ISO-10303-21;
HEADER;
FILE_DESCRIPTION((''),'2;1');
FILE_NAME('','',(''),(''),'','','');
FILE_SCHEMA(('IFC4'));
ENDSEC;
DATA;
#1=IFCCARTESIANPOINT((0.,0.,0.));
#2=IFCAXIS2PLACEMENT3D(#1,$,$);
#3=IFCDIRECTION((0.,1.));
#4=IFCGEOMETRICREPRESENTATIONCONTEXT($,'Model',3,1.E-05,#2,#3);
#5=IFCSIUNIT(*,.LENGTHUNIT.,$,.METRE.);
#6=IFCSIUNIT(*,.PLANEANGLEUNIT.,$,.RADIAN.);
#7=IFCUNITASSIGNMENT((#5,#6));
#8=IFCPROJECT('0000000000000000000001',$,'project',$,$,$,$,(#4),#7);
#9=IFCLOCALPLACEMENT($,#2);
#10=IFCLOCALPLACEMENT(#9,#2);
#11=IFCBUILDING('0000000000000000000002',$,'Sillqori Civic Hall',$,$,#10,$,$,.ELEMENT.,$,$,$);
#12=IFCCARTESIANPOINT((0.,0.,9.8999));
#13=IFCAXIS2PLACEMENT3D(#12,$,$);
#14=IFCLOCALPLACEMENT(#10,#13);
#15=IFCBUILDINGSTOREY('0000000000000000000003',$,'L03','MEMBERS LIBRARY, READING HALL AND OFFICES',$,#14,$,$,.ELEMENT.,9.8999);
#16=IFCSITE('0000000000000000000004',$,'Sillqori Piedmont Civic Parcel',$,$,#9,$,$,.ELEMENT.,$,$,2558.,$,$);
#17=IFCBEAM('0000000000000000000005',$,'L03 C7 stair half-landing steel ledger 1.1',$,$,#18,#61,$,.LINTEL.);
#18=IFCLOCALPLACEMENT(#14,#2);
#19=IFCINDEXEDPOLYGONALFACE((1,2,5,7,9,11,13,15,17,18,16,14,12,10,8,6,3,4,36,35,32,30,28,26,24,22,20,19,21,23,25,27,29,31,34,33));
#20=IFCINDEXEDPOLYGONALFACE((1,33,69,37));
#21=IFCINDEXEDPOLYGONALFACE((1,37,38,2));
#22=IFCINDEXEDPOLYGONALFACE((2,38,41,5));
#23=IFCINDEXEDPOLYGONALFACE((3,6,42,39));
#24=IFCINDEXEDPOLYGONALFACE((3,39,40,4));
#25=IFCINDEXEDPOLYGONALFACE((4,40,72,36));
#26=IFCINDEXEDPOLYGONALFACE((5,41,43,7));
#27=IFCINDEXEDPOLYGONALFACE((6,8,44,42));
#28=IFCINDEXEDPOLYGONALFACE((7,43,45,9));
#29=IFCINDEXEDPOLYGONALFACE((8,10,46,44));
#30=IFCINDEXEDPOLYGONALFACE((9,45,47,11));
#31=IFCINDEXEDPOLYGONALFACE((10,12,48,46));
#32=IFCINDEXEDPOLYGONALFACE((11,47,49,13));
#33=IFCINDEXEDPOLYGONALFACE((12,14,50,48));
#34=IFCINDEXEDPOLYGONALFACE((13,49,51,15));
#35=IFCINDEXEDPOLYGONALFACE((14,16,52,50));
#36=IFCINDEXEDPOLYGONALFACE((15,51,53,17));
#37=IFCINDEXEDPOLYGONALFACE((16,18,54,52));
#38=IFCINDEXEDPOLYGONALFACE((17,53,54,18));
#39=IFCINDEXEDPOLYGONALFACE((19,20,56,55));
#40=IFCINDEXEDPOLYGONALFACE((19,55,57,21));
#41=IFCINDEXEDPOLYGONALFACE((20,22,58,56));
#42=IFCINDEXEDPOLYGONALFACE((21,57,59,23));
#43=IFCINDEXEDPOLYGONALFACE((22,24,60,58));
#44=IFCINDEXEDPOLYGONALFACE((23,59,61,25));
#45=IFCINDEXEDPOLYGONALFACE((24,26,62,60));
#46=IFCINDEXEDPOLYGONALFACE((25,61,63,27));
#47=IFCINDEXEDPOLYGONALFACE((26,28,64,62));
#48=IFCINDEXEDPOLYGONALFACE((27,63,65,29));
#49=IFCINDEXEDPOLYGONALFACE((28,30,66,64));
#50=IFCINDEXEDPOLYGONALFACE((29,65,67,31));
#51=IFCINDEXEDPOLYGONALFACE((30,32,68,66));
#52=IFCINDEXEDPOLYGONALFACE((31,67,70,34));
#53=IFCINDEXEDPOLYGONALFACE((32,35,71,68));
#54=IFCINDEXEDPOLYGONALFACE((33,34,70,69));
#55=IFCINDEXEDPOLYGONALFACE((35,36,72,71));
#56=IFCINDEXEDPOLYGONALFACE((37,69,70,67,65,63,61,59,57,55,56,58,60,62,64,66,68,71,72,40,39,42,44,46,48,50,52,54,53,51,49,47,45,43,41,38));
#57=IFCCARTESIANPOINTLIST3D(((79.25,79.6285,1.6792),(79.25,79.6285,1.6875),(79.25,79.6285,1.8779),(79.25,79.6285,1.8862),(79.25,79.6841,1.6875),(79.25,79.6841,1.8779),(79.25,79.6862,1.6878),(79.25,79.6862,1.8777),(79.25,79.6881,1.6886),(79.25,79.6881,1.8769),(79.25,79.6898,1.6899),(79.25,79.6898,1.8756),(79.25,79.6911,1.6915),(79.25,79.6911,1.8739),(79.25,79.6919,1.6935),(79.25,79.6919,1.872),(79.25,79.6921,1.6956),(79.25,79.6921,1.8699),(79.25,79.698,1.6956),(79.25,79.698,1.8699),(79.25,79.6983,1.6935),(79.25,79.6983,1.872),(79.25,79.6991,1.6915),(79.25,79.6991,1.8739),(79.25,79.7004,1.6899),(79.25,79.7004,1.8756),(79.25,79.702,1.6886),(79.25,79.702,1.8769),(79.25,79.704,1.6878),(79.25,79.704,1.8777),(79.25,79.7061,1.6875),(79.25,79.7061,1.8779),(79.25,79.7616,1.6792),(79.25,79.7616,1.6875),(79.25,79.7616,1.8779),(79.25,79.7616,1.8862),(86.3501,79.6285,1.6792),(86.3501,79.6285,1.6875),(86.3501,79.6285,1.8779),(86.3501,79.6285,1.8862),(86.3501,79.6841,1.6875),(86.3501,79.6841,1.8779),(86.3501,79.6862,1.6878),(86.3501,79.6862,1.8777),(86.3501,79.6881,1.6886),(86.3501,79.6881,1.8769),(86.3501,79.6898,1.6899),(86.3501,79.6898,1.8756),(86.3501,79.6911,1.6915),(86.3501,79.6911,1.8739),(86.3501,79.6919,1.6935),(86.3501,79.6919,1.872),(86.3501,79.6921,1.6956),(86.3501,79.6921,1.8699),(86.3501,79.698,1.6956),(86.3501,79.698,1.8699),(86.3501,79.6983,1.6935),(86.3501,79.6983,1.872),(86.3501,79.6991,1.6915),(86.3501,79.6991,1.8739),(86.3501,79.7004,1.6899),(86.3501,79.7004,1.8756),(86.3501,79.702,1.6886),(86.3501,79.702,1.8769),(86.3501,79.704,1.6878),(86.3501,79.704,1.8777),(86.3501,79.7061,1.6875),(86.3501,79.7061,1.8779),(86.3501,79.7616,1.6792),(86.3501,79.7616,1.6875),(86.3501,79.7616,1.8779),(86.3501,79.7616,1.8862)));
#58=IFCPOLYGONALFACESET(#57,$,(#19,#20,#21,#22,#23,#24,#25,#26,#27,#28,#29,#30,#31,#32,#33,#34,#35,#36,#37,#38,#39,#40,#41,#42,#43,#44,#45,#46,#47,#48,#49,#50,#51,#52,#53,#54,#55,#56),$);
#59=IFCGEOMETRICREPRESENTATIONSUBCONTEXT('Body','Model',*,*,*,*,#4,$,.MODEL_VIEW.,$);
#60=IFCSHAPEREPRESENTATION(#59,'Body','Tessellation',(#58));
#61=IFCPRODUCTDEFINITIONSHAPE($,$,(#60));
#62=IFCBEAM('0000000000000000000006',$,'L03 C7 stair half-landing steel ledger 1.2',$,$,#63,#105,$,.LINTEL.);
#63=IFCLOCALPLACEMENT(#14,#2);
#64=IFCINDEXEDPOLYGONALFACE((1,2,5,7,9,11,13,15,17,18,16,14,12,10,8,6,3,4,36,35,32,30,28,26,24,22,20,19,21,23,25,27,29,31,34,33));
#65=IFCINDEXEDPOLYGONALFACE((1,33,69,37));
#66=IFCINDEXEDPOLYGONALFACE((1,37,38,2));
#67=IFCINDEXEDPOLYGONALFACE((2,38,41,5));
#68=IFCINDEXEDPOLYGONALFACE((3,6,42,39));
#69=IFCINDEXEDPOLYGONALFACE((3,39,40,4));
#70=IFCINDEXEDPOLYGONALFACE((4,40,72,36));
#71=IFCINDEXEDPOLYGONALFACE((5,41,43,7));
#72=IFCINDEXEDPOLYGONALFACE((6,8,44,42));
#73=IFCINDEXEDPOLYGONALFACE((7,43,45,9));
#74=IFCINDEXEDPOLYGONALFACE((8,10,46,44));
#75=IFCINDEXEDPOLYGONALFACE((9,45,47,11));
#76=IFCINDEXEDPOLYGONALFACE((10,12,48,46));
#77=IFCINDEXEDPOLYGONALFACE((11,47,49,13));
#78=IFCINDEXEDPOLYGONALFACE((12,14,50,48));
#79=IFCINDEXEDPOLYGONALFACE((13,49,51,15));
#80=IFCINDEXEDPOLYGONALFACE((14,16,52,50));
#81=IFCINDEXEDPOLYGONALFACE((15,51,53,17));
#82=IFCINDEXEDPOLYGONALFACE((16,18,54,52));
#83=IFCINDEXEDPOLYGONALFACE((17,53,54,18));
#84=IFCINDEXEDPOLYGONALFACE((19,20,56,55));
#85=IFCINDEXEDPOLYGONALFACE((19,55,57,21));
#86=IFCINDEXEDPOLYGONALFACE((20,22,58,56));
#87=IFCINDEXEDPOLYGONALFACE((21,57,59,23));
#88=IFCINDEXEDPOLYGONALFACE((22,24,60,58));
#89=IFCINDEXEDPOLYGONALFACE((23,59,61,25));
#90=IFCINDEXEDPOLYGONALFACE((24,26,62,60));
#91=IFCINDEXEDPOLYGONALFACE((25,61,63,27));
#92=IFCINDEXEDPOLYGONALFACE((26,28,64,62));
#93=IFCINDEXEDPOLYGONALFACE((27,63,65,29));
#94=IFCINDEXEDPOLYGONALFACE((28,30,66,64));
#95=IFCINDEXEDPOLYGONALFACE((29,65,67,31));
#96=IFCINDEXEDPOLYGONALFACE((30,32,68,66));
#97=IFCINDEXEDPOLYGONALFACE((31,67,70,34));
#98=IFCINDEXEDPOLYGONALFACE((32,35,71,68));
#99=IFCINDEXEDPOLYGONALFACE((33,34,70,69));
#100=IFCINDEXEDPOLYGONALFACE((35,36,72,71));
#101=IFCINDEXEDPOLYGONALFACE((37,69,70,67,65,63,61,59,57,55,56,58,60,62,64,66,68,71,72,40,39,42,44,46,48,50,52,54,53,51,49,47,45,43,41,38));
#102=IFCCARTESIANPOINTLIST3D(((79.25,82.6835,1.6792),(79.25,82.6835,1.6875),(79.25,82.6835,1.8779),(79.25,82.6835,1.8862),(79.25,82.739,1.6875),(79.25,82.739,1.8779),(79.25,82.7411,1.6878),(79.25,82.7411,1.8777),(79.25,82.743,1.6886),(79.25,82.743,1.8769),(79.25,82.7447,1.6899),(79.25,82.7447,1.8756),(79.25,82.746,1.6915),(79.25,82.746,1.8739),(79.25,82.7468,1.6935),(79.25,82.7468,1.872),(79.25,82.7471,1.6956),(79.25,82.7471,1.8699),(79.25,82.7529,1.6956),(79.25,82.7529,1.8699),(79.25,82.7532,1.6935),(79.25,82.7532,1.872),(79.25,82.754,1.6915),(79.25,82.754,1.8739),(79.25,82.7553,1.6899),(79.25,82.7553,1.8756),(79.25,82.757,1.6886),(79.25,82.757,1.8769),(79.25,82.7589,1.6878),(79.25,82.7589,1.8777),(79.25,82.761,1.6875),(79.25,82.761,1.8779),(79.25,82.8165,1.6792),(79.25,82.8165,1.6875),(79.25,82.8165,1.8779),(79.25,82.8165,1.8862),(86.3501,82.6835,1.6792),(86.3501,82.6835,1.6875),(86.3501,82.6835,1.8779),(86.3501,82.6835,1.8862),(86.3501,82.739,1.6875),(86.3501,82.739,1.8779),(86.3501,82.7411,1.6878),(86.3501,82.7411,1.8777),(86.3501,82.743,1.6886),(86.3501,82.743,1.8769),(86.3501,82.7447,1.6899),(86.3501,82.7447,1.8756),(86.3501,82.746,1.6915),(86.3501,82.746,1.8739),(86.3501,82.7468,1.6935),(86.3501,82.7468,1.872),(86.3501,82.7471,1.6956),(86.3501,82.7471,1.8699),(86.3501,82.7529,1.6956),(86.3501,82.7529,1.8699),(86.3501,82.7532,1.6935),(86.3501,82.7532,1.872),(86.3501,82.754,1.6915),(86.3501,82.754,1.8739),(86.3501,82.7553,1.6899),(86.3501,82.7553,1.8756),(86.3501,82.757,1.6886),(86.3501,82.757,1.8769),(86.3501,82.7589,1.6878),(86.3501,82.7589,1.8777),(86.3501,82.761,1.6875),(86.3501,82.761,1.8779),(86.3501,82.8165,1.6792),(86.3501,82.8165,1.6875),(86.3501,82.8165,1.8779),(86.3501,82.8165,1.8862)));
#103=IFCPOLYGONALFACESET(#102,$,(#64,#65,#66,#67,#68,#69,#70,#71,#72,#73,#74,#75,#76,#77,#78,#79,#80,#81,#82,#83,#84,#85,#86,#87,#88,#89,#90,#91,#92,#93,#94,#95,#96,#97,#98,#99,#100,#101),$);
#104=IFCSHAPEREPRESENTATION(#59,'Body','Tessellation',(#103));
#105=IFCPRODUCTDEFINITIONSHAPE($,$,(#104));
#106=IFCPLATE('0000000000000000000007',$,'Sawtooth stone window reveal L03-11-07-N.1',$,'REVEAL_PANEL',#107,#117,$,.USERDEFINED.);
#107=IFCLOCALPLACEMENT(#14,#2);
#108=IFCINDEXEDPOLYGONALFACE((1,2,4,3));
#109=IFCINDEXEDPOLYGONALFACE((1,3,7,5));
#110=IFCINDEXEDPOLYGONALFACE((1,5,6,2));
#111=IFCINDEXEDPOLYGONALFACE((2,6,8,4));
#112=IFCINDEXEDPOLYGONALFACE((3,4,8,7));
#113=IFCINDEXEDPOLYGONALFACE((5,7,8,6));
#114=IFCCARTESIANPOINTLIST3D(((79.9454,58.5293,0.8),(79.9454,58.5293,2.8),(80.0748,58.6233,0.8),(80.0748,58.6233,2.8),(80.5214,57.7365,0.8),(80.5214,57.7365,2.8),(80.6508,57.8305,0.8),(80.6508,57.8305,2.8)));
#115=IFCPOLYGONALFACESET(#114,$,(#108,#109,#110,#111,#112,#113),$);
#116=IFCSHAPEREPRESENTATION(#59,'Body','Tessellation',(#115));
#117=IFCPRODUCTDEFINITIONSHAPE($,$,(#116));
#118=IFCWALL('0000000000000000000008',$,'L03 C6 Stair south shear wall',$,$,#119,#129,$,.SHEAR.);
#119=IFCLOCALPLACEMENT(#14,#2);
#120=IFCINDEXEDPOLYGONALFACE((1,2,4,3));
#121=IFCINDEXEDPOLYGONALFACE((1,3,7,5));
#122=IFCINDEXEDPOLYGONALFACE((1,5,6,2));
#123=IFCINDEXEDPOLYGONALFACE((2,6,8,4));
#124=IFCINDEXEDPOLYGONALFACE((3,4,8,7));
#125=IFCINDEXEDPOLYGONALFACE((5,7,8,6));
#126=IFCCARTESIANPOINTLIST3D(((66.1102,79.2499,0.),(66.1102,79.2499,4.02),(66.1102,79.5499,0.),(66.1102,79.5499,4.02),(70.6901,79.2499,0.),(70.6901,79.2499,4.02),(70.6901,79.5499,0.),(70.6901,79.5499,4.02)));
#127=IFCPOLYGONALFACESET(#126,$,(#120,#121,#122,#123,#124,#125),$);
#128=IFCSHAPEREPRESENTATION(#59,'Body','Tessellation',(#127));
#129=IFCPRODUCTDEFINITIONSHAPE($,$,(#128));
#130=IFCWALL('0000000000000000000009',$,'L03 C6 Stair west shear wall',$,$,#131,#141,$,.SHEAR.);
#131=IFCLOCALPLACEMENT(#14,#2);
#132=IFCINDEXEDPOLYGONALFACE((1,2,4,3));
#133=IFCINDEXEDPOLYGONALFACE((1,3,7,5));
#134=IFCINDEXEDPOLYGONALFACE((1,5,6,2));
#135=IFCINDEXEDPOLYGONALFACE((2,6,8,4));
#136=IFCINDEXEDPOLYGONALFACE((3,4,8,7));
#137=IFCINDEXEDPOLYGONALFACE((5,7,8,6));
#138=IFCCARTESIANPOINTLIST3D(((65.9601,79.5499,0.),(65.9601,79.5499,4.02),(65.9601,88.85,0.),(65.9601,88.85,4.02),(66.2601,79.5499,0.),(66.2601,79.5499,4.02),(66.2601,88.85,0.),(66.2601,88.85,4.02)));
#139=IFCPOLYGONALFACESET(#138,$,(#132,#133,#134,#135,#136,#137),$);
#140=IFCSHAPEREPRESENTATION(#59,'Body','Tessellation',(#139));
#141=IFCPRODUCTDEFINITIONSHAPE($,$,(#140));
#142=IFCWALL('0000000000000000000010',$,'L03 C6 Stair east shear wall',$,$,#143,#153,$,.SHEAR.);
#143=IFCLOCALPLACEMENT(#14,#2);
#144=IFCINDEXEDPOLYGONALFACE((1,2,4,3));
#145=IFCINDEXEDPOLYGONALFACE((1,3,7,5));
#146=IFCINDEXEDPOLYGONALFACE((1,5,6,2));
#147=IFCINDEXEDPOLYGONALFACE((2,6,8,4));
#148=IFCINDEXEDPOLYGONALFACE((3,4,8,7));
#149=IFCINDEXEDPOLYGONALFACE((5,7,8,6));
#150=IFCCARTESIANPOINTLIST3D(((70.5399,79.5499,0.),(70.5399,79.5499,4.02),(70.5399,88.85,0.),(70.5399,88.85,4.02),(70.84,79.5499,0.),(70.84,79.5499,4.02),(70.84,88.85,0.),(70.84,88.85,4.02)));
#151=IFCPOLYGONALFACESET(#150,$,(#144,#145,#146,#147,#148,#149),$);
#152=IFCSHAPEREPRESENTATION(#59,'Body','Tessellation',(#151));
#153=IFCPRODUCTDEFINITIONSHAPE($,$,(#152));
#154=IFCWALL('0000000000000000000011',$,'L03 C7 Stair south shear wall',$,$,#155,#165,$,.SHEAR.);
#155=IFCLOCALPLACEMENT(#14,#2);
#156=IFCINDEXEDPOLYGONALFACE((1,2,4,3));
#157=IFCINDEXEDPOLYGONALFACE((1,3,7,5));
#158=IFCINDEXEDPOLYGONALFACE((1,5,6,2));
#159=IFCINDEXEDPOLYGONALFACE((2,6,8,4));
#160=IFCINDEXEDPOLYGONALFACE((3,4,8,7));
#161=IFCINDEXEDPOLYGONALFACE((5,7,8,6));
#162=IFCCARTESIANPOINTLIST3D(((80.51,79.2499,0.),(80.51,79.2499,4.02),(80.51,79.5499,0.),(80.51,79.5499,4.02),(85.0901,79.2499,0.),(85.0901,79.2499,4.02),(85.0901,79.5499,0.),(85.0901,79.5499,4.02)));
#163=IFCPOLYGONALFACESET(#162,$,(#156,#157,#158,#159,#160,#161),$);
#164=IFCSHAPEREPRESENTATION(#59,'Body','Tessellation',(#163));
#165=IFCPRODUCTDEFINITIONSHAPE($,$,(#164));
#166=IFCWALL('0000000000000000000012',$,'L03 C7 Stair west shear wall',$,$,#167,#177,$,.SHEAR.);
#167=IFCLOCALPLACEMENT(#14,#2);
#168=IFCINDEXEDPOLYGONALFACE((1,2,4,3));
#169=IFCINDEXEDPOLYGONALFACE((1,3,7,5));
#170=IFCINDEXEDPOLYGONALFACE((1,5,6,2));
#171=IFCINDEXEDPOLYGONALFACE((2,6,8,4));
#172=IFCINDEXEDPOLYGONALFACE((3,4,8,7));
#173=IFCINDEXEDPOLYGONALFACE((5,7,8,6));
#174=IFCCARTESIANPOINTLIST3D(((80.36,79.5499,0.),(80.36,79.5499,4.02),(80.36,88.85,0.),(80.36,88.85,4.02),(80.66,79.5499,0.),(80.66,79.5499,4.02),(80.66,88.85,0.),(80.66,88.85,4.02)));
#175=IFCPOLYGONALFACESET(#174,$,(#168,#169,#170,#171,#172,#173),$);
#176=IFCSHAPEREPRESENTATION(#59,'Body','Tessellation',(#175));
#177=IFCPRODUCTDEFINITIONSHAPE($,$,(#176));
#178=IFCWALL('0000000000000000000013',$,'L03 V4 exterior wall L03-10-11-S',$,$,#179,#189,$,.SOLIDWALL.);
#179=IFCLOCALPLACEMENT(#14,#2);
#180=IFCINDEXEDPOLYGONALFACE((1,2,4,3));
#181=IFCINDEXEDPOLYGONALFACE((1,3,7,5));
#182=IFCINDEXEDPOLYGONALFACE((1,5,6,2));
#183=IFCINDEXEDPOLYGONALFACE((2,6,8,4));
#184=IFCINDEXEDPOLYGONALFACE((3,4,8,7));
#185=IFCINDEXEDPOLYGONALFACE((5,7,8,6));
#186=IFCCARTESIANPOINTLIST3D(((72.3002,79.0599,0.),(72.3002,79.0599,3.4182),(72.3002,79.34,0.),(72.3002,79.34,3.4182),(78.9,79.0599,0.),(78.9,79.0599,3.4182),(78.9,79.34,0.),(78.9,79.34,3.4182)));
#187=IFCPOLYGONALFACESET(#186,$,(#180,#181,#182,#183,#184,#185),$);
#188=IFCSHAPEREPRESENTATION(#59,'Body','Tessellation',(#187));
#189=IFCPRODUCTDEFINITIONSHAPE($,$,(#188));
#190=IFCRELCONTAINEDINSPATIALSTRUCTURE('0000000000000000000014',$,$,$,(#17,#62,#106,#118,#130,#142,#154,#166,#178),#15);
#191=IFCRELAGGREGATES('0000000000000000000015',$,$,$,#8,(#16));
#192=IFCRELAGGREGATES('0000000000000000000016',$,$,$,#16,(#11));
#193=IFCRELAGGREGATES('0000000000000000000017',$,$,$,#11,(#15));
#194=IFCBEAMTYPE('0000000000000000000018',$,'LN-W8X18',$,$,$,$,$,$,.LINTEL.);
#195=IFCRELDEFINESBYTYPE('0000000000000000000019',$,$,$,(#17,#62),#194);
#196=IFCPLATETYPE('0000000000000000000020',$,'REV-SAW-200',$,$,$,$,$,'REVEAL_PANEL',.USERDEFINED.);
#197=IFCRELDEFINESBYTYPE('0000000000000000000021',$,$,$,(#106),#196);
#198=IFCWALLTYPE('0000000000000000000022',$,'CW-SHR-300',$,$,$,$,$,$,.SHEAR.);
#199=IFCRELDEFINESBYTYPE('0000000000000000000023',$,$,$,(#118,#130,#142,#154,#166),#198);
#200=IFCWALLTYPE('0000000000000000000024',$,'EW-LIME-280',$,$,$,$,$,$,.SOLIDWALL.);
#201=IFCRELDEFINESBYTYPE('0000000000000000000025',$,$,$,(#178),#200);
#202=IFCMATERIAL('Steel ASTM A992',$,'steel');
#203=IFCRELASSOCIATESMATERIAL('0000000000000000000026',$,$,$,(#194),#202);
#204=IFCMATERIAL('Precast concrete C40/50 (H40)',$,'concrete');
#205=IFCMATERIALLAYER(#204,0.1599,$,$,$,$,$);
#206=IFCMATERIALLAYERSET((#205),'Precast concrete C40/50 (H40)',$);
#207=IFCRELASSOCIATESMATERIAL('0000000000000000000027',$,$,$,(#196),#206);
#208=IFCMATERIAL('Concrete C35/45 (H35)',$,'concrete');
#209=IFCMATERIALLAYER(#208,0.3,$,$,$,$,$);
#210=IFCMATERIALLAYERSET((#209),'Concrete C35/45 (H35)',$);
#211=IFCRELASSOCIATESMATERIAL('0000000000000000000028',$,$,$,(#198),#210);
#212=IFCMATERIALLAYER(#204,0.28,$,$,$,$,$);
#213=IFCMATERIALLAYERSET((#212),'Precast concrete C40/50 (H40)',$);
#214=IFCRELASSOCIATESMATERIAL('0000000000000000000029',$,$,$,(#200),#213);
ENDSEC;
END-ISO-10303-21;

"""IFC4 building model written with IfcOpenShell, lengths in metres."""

from ifc_helpers import new_model, si_unit, direction, frame, frame_2d, origin, origin_2d, place, context, subcontext, project, spatial, rectangle, i_section, extrude, material, layer, layer_set, material_profile, profile_set, type_object, element, save


model = new_model("IFC4")

# Units and contexts
model_context = context("Model", 3, precision=1e-05, world=origin(), true_north=direction((0.0, 1.0)))
body_context = subcontext(model_context, "Body", "Model", "MODEL_VIEW")
ifc_project = project(units=[si_unit("LENGTHUNIT", "METRE"), si_unit("PLANEANGLEUNIT", "RADIAN")], contexts=[model_context])

# Site, building, storey
site_placement = place(None, origin())
site = spatial("IfcSite", under=ifc_project, at=site_placement, Name="Sillqori Piedmont Civic Parcel", CompositionType="ELEMENT", RefElevation=2558.0)
building_placement = place(site_placement, origin())
building = spatial("IfcBuilding", under=site, at=building_placement, Name="Sillqori Civic Hall", CompositionType="ELEMENT")
storey_placement = place(building_placement, frame((0.0, 0.0, 9.8999)))
storey = spatial("IfcBuildingStorey", under=building, at=storey_placement, Name="L03", Description="MEMBERS LIBRARY, READING HALL AND OFFICES", CompositionType="ELEMENT", Elevation=9.8999)

# Shared definitions
ifc_material_1 = material(Name="Concrete C35/45 (H35)", Category="concrete")
ifc_material_2 = material(Name="Steel ASTM A992", Category="steel")

# Beams
ifc_material_profile_1 = material_profile(ifc_material_2, i_section(OverallWidth=0.1331, OverallDepth=0.207, WebThickness=0.0059, FlangeThickness=0.0083, FilletRadius=0.0081, at=origin_2d()), Name="W8X18")
ifc_profile_set_1 = profile_set([ifc_material_profile_1], Name="Steel ASTM A992")
beam_type_1 = type_object("IfcBeamType", Name="LN-W8X18", PredefinedType="LINTEL", material=ifc_profile_set_1)
for number, where, z_axis, x_axis, name in (
    (1, (79.25, 79.6951, 1.7827), (1.0, 0.0, 0.0), (0.0, 1.0, 0.0), "L03 C7 stair half-landing steel ledger 1.1"),
    (2, (79.25, 82.75, 1.7827), (1.0, 0.0, 0.0), (0.0, 1.0, 0.0), "L03 C7 stair half-landing steel ledger 1.2"),
):
    element("IfcBeam", number, at=place(storey_placement, frame(where, z_axis=z_axis, x_axis=x_axis)), inside=storey, type_object=beam_type_1, Name=name, PredefinedType="LINTEL", context=body_context, shape_type="SweptSolid", body=[
        extrude(i_section(OverallWidth=0.1331, OverallDepth=0.207, WebThickness=0.0059, FlangeThickness=0.0083, FilletRadius=0.0081, at=origin_2d()), origin(), (0.0, 0.0, 1.0), 7.1001),
    ])

# Plate
ifc_material_3 = material(Name="Precast concrete C40/50 (H40)", Category="concrete")
ifc_layer_1 = layer(ifc_material_3, 0.1599)
ifc_layer_set_1 = layer_set([ifc_layer_1], Name="Precast concrete C40/50 (H40)")
plate_type = type_object("IfcPlateType", Name="REV-SAW-200", ElementType="REVEAL_PANEL", PredefinedType="USERDEFINED", material=ifc_layer_set_1)
plate_placement = place(storey_placement, frame((80.2981, 58.1799, 0.8), z_axis=(0.0, 0.0, 1.0), x_axis=(0.809017, 0.587785, 0.0)))
element("IfcPlate", 3, at=plate_placement, inside=storey, type_object=plate_type, Name="Sawtooth stone window reveal L03-11-07-N.1", ObjectType="REVEAL_PANEL", PredefinedType="USERDEFINED", context=body_context, shape_type="SweptSolid", body=[
    extrude(rectangle(XDim=0.1599, YDim=0.98, at=origin_2d()), origin(), (0.0, 0.0, 1.0), 2.0),
])

# Walls
ifc_layer_2 = layer(ifc_material_1, 0.3)
ifc_layer_set_2 = layer_set([ifc_layer_2], Name="Concrete C35/45 (H35)")
wall_type_1 = type_object("IfcWallType", Name="CW-SHR-300", PredefinedType="SHEAR", material=ifc_layer_set_2)
wall_1_placement = place(storey_placement, frame((66.1101, 79.3999, 0.0), z_axis=(0.0, 0.0, 1.0), x_axis=(1.0, 0.0, 0.0)))
element("IfcWall", 4, at=wall_1_placement, inside=storey, type_object=wall_type_1, Name="L03 C6 Stair south shear wall", PredefinedType="SHEAR", context=body_context, shape_type="SweptSolid", body=[
    extrude(rectangle(XDim=4.5798, YDim=0.3, at=frame_2d((2.29, 0.0))), origin(), (0.0, 0.0, 1.0), 4.02),
])
for number, where, z_axis, x_axis, name in (
    (5, (66.1101, 79.55, 0.0), (0.0, 0.0, 1.0), (0.0, 1.0, 0.0), "L03 C6 Stair west shear wall"),
    (6, (70.6899, 79.55, 0.0), (0.0, 0.0, 1.0), (0.0, 1.0, 0.0), "L03 C6 Stair east shear wall"),
):
    element("IfcWall", number, at=place(storey_placement, frame(where, z_axis=z_axis, x_axis=x_axis)), inside=storey, type_object=wall_type_1, Name=name, PredefinedType="SHEAR", context=body_context, shape_type="SweptSolid", body=[
        extrude(rectangle(XDim=9.3, YDim=0.3, at=frame_2d((4.6499, 0.0))), origin(), (0.0, 0.0, 1.0), 4.02),
    ])
wall_2_placement = place(storey_placement, frame((80.51, 79.3999, 0.0), z_axis=(0.0, 0.0, 1.0), x_axis=(1.0, 0.0, 0.0)))
element("IfcWall", 7, at=wall_2_placement, inside=storey, type_object=wall_type_1, Name="L03 C7 Stair south shear wall", PredefinedType="SHEAR", context=body_context, shape_type="SweptSolid", body=[
    extrude(rectangle(XDim=4.5801, YDim=0.3, at=frame_2d((2.29, 0.0))), origin(), (0.0, 0.0, 1.0), 4.02),
])
wall_3_placement = place(storey_placement, frame((80.51, 79.55, 0.0), z_axis=(0.0, 0.0, 1.0), x_axis=(0.0, 1.0, 0.0)))
element("IfcWall", 8, at=wall_3_placement, inside=storey, type_object=wall_type_1, Name="L03 C7 Stair west shear wall", PredefinedType="SHEAR", context=body_context, shape_type="SweptSolid", body=[
    extrude(rectangle(XDim=9.3, YDim=0.3, at=frame_2d((4.6499, 0.0))), origin(), (0.0, 0.0, 1.0), 4.02),
])
ifc_layer_3 = layer(ifc_material_3, 0.28)
ifc_layer_set_3 = layer_set([ifc_layer_3], Name="Precast concrete C40/50 (H40)")
wall_type_2 = type_object("IfcWallType", Name="EW-LIME-280", PredefinedType="SOLIDWALL", material=ifc_layer_set_3)
wall_4_placement = place(storey_placement, frame((78.8999, 79.2, 0.0), z_axis=(0.0, 0.0, 1.0), x_axis=(-1.0, 0.0, 0.0)))
element("IfcWall", 9, at=wall_4_placement, inside=storey, type_object=wall_type_2, Name="L03 V4 exterior wall L03-10-11-S", PredefinedType="SOLIDWALL", context=body_context, shape_type="SweptSolid", body=[
    extrude(rectangle(XDim=6.5999, YDim=0.28, at=frame_2d((3.2998, 0.0))), origin(), (0.0, 0.0, 1.0), 3.4182),
])

save(model, "model.ifc")
